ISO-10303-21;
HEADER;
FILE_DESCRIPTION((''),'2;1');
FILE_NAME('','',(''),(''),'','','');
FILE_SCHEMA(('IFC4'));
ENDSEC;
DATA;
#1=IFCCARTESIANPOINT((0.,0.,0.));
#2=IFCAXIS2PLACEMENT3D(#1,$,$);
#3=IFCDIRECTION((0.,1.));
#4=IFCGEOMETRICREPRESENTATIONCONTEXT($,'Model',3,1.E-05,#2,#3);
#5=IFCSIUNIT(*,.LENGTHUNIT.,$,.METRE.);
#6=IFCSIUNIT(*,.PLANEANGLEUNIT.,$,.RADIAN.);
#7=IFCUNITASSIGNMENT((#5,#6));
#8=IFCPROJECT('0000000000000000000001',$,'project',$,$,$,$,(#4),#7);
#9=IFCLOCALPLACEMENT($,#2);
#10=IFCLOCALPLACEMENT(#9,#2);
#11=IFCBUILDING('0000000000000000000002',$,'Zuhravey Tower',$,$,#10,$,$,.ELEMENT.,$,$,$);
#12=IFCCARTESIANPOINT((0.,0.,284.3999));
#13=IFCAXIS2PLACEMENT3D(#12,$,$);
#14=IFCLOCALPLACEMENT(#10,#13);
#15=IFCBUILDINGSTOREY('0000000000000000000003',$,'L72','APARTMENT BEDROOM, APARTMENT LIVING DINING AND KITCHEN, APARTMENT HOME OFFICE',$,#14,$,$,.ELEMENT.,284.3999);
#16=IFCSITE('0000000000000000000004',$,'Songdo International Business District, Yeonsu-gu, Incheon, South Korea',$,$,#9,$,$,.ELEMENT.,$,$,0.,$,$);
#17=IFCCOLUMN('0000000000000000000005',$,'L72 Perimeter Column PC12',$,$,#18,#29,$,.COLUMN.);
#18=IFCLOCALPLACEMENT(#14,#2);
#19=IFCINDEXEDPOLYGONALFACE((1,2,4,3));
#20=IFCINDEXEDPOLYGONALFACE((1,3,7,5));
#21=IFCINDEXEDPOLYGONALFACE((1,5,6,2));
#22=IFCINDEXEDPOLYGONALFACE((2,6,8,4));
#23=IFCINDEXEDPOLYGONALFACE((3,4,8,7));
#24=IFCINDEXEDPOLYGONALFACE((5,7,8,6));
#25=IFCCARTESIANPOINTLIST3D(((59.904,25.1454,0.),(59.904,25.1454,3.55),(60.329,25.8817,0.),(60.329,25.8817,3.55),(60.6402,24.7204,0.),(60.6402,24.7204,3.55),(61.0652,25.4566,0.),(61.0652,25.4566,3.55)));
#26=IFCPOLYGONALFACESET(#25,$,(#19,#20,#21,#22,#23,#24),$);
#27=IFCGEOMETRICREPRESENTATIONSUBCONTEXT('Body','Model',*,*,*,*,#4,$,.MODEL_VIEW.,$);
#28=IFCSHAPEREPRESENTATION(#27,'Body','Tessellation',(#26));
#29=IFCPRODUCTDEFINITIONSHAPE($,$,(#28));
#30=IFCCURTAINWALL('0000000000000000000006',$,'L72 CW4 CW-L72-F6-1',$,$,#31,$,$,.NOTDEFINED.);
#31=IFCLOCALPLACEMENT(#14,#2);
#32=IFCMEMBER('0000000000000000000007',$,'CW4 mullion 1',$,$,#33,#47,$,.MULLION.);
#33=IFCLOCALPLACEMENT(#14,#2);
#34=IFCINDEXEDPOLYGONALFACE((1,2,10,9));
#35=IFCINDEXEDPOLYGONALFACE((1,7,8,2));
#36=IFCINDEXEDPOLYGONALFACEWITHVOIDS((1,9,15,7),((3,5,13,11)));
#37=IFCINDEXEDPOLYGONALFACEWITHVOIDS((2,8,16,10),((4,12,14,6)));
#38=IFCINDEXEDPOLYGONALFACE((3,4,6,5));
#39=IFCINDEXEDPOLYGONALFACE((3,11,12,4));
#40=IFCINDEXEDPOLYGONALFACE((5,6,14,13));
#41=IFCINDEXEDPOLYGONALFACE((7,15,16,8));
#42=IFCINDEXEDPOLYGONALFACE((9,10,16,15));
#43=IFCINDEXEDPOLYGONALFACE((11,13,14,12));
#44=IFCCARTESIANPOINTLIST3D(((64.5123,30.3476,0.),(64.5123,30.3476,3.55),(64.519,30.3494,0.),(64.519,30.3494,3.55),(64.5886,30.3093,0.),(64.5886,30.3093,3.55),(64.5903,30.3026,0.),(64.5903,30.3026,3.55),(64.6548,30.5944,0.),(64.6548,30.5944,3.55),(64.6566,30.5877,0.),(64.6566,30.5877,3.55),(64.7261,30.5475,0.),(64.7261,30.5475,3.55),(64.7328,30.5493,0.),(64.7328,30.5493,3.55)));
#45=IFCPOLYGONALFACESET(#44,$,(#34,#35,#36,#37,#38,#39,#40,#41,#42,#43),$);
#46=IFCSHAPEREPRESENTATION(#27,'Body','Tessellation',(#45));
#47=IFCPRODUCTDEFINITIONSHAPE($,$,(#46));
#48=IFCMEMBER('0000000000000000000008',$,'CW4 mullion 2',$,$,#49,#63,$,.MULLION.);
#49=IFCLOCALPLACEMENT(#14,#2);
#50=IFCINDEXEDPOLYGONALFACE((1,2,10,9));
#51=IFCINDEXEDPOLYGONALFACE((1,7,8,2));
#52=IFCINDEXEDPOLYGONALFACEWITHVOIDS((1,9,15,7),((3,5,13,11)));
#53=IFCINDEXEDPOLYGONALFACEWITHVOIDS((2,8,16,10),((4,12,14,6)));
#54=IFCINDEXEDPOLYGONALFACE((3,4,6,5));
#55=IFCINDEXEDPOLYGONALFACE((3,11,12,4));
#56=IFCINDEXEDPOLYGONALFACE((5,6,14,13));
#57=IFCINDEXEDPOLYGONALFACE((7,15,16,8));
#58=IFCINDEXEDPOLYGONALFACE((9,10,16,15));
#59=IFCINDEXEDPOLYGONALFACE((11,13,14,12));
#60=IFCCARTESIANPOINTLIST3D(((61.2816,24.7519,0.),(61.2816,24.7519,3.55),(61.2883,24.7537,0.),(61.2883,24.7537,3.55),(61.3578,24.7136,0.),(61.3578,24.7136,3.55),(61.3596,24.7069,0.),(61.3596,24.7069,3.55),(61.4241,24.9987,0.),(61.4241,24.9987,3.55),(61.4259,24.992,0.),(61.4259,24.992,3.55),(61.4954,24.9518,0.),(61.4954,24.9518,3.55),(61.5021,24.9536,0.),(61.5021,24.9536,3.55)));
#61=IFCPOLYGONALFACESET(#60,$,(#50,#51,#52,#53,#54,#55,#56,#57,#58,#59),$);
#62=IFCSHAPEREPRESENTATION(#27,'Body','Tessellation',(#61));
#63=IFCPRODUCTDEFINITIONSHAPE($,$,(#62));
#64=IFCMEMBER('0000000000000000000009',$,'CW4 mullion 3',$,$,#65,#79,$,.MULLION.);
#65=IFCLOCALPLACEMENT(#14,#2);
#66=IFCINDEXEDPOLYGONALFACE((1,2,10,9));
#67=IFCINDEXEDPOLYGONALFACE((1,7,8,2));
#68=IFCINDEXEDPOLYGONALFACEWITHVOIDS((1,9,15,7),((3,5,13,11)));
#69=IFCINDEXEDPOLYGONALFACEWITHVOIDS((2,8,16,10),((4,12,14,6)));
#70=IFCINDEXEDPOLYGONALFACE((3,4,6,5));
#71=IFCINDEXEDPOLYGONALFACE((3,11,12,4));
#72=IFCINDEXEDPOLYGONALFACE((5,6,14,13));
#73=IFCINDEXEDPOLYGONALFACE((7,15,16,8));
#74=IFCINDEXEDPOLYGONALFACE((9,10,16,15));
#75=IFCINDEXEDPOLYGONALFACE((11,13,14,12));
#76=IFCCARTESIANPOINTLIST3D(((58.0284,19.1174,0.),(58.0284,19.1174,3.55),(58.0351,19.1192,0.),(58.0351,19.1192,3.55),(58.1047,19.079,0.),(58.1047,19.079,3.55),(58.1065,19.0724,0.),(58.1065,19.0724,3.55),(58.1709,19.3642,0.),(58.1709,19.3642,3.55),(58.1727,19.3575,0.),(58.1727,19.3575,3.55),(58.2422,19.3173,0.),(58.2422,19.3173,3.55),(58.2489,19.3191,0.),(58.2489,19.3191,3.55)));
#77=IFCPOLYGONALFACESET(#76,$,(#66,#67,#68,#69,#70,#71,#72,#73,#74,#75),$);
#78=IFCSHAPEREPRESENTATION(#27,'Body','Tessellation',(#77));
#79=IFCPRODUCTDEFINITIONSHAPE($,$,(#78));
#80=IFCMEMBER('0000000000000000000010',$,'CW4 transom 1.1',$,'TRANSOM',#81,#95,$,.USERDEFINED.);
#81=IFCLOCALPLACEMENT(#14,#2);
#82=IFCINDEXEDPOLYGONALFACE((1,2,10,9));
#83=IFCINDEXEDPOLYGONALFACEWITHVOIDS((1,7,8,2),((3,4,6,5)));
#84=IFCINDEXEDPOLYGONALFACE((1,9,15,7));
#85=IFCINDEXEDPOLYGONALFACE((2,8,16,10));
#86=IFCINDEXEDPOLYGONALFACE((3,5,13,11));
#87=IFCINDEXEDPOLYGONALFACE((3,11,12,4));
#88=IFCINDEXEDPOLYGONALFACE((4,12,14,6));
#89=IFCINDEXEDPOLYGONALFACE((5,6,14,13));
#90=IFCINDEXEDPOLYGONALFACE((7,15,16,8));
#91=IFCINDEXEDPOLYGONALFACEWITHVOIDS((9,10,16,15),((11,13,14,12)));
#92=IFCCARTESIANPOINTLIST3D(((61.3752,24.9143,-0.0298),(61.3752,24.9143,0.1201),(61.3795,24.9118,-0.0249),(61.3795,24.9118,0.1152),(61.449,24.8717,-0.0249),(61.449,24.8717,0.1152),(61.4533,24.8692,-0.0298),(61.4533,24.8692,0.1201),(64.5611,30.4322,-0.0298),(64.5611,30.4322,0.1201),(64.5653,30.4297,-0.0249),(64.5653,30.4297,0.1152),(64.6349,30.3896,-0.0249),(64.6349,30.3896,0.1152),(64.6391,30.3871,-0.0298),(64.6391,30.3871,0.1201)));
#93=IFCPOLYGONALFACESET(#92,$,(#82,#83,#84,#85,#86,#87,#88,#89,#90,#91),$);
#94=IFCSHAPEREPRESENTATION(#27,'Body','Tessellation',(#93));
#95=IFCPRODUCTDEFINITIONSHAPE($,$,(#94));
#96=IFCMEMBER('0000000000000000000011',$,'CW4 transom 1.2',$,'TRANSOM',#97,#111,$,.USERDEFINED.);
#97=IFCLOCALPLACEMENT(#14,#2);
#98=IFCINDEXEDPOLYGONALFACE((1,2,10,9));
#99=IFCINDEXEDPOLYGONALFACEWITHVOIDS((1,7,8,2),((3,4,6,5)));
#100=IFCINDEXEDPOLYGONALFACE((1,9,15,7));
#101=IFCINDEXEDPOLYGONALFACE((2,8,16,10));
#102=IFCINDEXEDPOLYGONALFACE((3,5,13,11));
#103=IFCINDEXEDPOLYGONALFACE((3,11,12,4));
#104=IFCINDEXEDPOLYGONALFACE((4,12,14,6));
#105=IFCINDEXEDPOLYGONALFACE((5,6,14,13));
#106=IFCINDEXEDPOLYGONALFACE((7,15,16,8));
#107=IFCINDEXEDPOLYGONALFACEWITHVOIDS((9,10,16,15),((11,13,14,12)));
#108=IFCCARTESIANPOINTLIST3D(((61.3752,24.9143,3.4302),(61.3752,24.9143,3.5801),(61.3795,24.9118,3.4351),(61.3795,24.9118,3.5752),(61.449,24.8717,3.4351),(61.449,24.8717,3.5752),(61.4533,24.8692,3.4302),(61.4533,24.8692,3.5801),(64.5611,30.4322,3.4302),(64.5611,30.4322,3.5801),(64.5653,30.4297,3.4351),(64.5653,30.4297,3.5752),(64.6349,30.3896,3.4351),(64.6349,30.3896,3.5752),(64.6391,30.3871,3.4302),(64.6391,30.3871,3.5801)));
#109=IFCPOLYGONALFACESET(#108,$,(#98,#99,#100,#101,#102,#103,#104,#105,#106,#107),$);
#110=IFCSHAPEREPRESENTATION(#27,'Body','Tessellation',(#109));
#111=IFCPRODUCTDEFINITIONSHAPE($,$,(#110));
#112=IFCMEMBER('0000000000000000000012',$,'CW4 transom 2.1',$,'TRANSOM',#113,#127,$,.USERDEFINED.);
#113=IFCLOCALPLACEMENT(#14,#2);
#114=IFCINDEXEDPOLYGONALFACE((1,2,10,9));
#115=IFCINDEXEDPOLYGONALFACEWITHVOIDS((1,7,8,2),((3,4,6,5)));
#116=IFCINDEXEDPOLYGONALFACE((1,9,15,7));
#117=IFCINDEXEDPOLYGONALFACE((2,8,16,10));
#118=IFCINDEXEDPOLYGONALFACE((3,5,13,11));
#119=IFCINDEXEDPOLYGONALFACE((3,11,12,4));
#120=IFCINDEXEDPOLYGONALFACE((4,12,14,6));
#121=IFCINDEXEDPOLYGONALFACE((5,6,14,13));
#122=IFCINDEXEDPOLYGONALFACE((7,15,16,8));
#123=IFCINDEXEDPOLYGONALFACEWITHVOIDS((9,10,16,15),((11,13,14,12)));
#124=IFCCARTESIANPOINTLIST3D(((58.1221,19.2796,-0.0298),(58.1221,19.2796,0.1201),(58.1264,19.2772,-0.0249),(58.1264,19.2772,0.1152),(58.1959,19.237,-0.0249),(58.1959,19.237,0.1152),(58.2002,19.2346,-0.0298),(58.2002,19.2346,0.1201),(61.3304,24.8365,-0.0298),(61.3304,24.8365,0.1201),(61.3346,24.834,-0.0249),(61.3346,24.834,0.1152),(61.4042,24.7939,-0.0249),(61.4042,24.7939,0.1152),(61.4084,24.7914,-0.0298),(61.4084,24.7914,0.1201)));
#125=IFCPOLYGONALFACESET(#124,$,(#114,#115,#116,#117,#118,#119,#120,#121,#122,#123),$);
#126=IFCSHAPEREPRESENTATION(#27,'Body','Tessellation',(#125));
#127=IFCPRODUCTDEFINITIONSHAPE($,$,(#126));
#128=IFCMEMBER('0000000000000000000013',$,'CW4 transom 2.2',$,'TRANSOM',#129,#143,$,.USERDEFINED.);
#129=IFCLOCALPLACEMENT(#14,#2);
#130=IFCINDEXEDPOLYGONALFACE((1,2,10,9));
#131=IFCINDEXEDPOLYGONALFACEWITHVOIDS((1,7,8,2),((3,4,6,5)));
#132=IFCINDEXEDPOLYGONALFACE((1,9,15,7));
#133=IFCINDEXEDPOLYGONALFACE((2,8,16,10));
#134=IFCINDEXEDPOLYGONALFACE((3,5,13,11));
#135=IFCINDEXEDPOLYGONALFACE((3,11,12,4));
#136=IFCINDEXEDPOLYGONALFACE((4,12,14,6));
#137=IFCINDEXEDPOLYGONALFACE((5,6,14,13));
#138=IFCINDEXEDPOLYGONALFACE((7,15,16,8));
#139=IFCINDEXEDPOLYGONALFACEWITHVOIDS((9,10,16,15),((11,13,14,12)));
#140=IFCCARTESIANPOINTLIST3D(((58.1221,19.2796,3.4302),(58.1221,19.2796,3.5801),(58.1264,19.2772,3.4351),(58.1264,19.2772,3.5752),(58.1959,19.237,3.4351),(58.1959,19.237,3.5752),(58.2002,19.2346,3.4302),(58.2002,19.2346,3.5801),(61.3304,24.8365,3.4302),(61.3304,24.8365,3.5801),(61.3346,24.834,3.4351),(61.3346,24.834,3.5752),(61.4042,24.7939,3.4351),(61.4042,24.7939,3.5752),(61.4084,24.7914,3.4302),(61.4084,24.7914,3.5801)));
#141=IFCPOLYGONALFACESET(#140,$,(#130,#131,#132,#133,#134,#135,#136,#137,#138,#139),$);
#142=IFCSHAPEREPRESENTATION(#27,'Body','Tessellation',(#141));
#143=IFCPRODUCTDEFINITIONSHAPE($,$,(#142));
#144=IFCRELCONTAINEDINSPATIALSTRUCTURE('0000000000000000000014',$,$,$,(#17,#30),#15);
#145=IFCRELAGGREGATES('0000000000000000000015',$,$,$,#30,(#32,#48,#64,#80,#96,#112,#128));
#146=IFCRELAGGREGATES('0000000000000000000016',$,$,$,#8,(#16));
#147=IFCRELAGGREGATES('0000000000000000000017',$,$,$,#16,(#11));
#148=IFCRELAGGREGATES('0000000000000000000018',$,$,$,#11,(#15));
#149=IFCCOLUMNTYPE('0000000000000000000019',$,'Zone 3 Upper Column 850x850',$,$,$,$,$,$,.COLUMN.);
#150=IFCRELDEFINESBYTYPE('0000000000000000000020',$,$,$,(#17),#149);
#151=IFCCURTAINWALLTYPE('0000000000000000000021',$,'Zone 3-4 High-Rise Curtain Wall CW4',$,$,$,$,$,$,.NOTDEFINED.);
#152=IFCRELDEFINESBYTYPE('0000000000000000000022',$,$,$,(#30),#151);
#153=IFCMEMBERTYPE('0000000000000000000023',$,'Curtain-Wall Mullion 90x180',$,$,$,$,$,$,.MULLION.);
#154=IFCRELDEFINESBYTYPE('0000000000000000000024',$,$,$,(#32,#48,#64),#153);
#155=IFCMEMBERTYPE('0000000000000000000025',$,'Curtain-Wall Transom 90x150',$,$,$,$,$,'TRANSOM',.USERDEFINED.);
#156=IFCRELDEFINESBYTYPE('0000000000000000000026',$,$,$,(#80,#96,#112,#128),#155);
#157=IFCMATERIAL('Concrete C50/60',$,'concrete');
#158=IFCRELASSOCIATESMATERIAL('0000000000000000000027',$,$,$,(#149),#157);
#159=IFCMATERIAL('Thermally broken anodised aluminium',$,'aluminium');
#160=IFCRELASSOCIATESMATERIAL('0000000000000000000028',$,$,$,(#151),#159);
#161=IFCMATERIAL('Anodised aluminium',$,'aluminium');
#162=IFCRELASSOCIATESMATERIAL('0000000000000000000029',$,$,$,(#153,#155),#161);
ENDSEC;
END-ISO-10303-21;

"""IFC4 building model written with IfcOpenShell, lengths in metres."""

from ifc_helpers import new_model, si_unit, direction, frame, origin, origin_2d, place, context, subcontext, project, spatial, rectangle, hollow_rectangle, extrude, material, material_profile, profile_set, type_object, element, aggregate, save


model = new_model("IFC4")

# Units and contexts
model_context = context("Model", 3, precision=1e-05, world=origin(), true_north=direction((0.0, 1.0)))
body_context = subcontext(model_context, "Body", "Model", "MODEL_VIEW")
ifc_project = project(units=[si_unit("LENGTHUNIT", "METRE"), si_unit("PLANEANGLEUNIT", "RADIAN")], contexts=[model_context])

# Site, building, storey
site_placement = place(None, origin())
site = spatial("IfcSite", under=ifc_project, at=site_placement, Name="Songdo International Business District, Yeonsu-gu, Incheon, South Korea", CompositionType="ELEMENT", RefElevation=0.0)
building_placement = place(site_placement, origin())
building = spatial("IfcBuilding", under=site, at=building_placement, Name="Zuhravey Tower", CompositionType="ELEMENT")
storey_placement = place(building_placement, frame((0.0, 0.0, 284.3999)))
storey = spatial("IfcBuildingStorey", under=building, at=storey_placement, Name="L72", Description="APARTMENT BEDROOM, APARTMENT LIVING DINING AND KITCHEN, APARTMENT HOME OFFICE", CompositionType="ELEMENT", Elevation=284.3999)

# Column
ifc_material_1 = material(Name="Concrete C50/60", Category="concrete")
ifc_material_profile_1 = material_profile(ifc_material_1, rectangle(XDim=0.8501, YDim=0.8501, at=origin_2d()), Name="RC-850x850")
ifc_profile_set_1 = profile_set([ifc_material_profile_1], Name="Concrete C50/60")
column_type = type_object("IfcColumnType", Name="Zone 3 Upper Column 850x850", PredefinedType="COLUMN", material=ifc_profile_set_1)
column_placement = place(storey_placement, frame((60.4846, 25.301, 0.0), z_axis=(0.0, 0.0, 1.0), x_axis=(0.5, 0.866025, 0.0)))
element("IfcColumn", 1, at=column_placement, inside=storey, type_object=column_type, Name="L72 Perimeter Column PC12", PredefinedType="COLUMN", context=body_context, shape_type="SweptSolid", body=[
    extrude(rectangle(XDim=0.8501, YDim=0.8501, at=origin_2d()), origin(), (0.0, 0.0, 1.0), 3.55),
])

# Curtain wall, members
ifc_material_2 = material(Name="Thermally broken anodised aluminium", Category="aluminium")
curtain_wall_type = type_object("IfcCurtainWallType", Name="Zone 3-4 High-Rise Curtain Wall CW4", PredefinedType="NOTDEFINED", material=ifc_material_2)
curtain_wall_placement = place(storey_placement, origin())
curtain_wall = element("IfcCurtainWall", 2, at=curtain_wall_placement, inside=storey, type_object=curtain_wall_type, Name="L72 CW4 CW-L72-F6-1", PredefinedType="NOTDEFINED")
ifc_material_3 = material(Name="Anodised aluminium", Category="aluminium")
ifc_material_profile_2 = material_profile(ifc_material_3, hollow_rectangle(XDim=0.0901, YDim=0.2849, WallThickness=0.0049, at=origin_2d()), Name="ALU-RHS-90x285x5")
ifc_profile_set_2 = profile_set([ifc_material_profile_2], Name="Anodised aluminium")
member_type_1 = type_object("IfcMemberType", Name="Curtain-Wall Mullion 90x180", PredefinedType="MULLION", material=ifc_profile_set_2)
member_1_placement = place(storey_placement, frame((64.6226, 30.4485, 0.0), z_axis=(0.0, 0.0, 1.0), x_axis=(0.866025, -0.500001, 0.0)))
member_1 = element("IfcMember", 3, at=member_1_placement, type_object=member_type_1, Name="CW4 mullion 1", PredefinedType="MULLION", context=body_context, shape_type="SweptSolid", body=[
    extrude(hollow_rectangle(XDim=0.0901, YDim=0.2849, WallThickness=0.0049, at=origin_2d()), origin(), (0.0, 0.0, 1.0), 3.55),
])
member_2_placement = place(storey_placement, frame((61.3918, 24.8528, 0.0), z_axis=(0.0, 0.0, 1.0), x_axis=(0.866025, -0.500001, 0.0)))
member_2 = element("IfcMember", 4, at=member_2_placement, type_object=member_type_1, Name="CW4 mullion 2", PredefinedType="MULLION", context=body_context, shape_type="SweptSolid", body=[
    extrude(hollow_rectangle(XDim=0.0901, YDim=0.2849, WallThickness=0.0049, at=origin_2d()), origin(), (0.0, 0.0, 1.0), 3.55),
])
member_3_placement = place(storey_placement, frame((58.1387, 19.2183, 0.0), z_axis=(0.0, 0.0, 1.0), x_axis=(0.866025, -0.500001, 0.0)))
member_3 = element("IfcMember", 5, at=member_3_placement, type_object=member_type_1, Name="CW4 mullion 3", PredefinedType="MULLION", context=body_context, shape_type="SweptSolid", body=[
    extrude(hollow_rectangle(XDim=0.0901, YDim=0.2849, WallThickness=0.0049, at=origin_2d()), origin(), (0.0, 0.0, 1.0), 3.55),
])
ifc_material_profile_3 = material_profile(ifc_material_3, hollow_rectangle(XDim=0.0901, YDim=0.1499, WallThickness=0.0049, at=origin_2d()), Name="ALU-RHS-90x150x5")
ifc_profile_set_3 = profile_set([ifc_material_profile_3], Name="Anodised aluminium")
member_type_2 = type_object("IfcMemberType", Name="Curtain-Wall Transom 90x150", ElementType="TRANSOM", PredefinedType="USERDEFINED", material=ifc_profile_set_3)
member_4_placement = place(storey_placement, frame((64.6001, 30.4097, 0.0452), z_axis=(-0.500009, -0.86602, 0.0), x_axis=(0.86602, -0.500009, 0.0)))
member_4 = element("IfcMember", 6, at=member_4_placement, type_object=member_type_2, Name="CW4 transom 1.1", ObjectType="TRANSOM", PredefinedType="USERDEFINED", context=body_context, shape_type="SweptSolid", body=[
    extrude(hollow_rectangle(XDim=0.0901, YDim=0.1499, WallThickness=0.0049, at=origin_2d()), origin(), (0.0, 0.0, 1.0), 6.3716),
])
member_5_placement = place(storey_placement, frame((64.6001, 30.4097, 3.5051), z_axis=(-0.500009, -0.86602, 0.0), x_axis=(0.86602, -0.500009, 0.0)))
member_5 = element("IfcMember", 7, at=member_5_placement, type_object=member_type_2, Name="CW4 transom 1.2", ObjectType="TRANSOM", PredefinedType="USERDEFINED", context=body_context, shape_type="SweptSolid", body=[
    extrude(hollow_rectangle(XDim=0.0901, YDim=0.1499, WallThickness=0.0049, at=origin_2d()), origin(), (0.0, 0.0, 1.0), 6.3716),
])
member_6_placement = place(storey_placement, frame((61.3694, 24.814, 0.0452), z_axis=(-0.499998, -0.866027, 0.0), x_axis=(0.866027, -0.499998, 0.0)))
member_6 = element("IfcMember", 8, at=member_6_placement, type_object=member_type_2, Name="CW4 transom 2.1", ObjectType="TRANSOM", PredefinedType="USERDEFINED", context=body_context, shape_type="SweptSolid", body=[
    extrude(hollow_rectangle(XDim=0.0901, YDim=0.1499, WallThickness=0.0049, at=origin_2d()), origin(), (0.0, 0.0, 1.0), 6.4165),
])
member_7_placement = place(storey_placement, frame((61.3694, 24.814, 3.5051), z_axis=(-0.499998, -0.866027, 0.0), x_axis=(0.866027, -0.499998, 0.0)))
member_7 = element("IfcMember", 9, at=member_7_placement, type_object=member_type_2, Name="CW4 transom 2.2", ObjectType="TRANSOM", PredefinedType="USERDEFINED", context=body_context, shape_type="SweptSolid", body=[
    extrude(hollow_rectangle(XDim=0.0901, YDim=0.1499, WallThickness=0.0049, at=origin_2d()), origin(), (0.0, 0.0, 1.0), 6.4165),
])

aggregate(curtain_wall, [member_1, member_2, member_3, member_4, member_5, member_6, member_7])

save(model, "model.ifc")
